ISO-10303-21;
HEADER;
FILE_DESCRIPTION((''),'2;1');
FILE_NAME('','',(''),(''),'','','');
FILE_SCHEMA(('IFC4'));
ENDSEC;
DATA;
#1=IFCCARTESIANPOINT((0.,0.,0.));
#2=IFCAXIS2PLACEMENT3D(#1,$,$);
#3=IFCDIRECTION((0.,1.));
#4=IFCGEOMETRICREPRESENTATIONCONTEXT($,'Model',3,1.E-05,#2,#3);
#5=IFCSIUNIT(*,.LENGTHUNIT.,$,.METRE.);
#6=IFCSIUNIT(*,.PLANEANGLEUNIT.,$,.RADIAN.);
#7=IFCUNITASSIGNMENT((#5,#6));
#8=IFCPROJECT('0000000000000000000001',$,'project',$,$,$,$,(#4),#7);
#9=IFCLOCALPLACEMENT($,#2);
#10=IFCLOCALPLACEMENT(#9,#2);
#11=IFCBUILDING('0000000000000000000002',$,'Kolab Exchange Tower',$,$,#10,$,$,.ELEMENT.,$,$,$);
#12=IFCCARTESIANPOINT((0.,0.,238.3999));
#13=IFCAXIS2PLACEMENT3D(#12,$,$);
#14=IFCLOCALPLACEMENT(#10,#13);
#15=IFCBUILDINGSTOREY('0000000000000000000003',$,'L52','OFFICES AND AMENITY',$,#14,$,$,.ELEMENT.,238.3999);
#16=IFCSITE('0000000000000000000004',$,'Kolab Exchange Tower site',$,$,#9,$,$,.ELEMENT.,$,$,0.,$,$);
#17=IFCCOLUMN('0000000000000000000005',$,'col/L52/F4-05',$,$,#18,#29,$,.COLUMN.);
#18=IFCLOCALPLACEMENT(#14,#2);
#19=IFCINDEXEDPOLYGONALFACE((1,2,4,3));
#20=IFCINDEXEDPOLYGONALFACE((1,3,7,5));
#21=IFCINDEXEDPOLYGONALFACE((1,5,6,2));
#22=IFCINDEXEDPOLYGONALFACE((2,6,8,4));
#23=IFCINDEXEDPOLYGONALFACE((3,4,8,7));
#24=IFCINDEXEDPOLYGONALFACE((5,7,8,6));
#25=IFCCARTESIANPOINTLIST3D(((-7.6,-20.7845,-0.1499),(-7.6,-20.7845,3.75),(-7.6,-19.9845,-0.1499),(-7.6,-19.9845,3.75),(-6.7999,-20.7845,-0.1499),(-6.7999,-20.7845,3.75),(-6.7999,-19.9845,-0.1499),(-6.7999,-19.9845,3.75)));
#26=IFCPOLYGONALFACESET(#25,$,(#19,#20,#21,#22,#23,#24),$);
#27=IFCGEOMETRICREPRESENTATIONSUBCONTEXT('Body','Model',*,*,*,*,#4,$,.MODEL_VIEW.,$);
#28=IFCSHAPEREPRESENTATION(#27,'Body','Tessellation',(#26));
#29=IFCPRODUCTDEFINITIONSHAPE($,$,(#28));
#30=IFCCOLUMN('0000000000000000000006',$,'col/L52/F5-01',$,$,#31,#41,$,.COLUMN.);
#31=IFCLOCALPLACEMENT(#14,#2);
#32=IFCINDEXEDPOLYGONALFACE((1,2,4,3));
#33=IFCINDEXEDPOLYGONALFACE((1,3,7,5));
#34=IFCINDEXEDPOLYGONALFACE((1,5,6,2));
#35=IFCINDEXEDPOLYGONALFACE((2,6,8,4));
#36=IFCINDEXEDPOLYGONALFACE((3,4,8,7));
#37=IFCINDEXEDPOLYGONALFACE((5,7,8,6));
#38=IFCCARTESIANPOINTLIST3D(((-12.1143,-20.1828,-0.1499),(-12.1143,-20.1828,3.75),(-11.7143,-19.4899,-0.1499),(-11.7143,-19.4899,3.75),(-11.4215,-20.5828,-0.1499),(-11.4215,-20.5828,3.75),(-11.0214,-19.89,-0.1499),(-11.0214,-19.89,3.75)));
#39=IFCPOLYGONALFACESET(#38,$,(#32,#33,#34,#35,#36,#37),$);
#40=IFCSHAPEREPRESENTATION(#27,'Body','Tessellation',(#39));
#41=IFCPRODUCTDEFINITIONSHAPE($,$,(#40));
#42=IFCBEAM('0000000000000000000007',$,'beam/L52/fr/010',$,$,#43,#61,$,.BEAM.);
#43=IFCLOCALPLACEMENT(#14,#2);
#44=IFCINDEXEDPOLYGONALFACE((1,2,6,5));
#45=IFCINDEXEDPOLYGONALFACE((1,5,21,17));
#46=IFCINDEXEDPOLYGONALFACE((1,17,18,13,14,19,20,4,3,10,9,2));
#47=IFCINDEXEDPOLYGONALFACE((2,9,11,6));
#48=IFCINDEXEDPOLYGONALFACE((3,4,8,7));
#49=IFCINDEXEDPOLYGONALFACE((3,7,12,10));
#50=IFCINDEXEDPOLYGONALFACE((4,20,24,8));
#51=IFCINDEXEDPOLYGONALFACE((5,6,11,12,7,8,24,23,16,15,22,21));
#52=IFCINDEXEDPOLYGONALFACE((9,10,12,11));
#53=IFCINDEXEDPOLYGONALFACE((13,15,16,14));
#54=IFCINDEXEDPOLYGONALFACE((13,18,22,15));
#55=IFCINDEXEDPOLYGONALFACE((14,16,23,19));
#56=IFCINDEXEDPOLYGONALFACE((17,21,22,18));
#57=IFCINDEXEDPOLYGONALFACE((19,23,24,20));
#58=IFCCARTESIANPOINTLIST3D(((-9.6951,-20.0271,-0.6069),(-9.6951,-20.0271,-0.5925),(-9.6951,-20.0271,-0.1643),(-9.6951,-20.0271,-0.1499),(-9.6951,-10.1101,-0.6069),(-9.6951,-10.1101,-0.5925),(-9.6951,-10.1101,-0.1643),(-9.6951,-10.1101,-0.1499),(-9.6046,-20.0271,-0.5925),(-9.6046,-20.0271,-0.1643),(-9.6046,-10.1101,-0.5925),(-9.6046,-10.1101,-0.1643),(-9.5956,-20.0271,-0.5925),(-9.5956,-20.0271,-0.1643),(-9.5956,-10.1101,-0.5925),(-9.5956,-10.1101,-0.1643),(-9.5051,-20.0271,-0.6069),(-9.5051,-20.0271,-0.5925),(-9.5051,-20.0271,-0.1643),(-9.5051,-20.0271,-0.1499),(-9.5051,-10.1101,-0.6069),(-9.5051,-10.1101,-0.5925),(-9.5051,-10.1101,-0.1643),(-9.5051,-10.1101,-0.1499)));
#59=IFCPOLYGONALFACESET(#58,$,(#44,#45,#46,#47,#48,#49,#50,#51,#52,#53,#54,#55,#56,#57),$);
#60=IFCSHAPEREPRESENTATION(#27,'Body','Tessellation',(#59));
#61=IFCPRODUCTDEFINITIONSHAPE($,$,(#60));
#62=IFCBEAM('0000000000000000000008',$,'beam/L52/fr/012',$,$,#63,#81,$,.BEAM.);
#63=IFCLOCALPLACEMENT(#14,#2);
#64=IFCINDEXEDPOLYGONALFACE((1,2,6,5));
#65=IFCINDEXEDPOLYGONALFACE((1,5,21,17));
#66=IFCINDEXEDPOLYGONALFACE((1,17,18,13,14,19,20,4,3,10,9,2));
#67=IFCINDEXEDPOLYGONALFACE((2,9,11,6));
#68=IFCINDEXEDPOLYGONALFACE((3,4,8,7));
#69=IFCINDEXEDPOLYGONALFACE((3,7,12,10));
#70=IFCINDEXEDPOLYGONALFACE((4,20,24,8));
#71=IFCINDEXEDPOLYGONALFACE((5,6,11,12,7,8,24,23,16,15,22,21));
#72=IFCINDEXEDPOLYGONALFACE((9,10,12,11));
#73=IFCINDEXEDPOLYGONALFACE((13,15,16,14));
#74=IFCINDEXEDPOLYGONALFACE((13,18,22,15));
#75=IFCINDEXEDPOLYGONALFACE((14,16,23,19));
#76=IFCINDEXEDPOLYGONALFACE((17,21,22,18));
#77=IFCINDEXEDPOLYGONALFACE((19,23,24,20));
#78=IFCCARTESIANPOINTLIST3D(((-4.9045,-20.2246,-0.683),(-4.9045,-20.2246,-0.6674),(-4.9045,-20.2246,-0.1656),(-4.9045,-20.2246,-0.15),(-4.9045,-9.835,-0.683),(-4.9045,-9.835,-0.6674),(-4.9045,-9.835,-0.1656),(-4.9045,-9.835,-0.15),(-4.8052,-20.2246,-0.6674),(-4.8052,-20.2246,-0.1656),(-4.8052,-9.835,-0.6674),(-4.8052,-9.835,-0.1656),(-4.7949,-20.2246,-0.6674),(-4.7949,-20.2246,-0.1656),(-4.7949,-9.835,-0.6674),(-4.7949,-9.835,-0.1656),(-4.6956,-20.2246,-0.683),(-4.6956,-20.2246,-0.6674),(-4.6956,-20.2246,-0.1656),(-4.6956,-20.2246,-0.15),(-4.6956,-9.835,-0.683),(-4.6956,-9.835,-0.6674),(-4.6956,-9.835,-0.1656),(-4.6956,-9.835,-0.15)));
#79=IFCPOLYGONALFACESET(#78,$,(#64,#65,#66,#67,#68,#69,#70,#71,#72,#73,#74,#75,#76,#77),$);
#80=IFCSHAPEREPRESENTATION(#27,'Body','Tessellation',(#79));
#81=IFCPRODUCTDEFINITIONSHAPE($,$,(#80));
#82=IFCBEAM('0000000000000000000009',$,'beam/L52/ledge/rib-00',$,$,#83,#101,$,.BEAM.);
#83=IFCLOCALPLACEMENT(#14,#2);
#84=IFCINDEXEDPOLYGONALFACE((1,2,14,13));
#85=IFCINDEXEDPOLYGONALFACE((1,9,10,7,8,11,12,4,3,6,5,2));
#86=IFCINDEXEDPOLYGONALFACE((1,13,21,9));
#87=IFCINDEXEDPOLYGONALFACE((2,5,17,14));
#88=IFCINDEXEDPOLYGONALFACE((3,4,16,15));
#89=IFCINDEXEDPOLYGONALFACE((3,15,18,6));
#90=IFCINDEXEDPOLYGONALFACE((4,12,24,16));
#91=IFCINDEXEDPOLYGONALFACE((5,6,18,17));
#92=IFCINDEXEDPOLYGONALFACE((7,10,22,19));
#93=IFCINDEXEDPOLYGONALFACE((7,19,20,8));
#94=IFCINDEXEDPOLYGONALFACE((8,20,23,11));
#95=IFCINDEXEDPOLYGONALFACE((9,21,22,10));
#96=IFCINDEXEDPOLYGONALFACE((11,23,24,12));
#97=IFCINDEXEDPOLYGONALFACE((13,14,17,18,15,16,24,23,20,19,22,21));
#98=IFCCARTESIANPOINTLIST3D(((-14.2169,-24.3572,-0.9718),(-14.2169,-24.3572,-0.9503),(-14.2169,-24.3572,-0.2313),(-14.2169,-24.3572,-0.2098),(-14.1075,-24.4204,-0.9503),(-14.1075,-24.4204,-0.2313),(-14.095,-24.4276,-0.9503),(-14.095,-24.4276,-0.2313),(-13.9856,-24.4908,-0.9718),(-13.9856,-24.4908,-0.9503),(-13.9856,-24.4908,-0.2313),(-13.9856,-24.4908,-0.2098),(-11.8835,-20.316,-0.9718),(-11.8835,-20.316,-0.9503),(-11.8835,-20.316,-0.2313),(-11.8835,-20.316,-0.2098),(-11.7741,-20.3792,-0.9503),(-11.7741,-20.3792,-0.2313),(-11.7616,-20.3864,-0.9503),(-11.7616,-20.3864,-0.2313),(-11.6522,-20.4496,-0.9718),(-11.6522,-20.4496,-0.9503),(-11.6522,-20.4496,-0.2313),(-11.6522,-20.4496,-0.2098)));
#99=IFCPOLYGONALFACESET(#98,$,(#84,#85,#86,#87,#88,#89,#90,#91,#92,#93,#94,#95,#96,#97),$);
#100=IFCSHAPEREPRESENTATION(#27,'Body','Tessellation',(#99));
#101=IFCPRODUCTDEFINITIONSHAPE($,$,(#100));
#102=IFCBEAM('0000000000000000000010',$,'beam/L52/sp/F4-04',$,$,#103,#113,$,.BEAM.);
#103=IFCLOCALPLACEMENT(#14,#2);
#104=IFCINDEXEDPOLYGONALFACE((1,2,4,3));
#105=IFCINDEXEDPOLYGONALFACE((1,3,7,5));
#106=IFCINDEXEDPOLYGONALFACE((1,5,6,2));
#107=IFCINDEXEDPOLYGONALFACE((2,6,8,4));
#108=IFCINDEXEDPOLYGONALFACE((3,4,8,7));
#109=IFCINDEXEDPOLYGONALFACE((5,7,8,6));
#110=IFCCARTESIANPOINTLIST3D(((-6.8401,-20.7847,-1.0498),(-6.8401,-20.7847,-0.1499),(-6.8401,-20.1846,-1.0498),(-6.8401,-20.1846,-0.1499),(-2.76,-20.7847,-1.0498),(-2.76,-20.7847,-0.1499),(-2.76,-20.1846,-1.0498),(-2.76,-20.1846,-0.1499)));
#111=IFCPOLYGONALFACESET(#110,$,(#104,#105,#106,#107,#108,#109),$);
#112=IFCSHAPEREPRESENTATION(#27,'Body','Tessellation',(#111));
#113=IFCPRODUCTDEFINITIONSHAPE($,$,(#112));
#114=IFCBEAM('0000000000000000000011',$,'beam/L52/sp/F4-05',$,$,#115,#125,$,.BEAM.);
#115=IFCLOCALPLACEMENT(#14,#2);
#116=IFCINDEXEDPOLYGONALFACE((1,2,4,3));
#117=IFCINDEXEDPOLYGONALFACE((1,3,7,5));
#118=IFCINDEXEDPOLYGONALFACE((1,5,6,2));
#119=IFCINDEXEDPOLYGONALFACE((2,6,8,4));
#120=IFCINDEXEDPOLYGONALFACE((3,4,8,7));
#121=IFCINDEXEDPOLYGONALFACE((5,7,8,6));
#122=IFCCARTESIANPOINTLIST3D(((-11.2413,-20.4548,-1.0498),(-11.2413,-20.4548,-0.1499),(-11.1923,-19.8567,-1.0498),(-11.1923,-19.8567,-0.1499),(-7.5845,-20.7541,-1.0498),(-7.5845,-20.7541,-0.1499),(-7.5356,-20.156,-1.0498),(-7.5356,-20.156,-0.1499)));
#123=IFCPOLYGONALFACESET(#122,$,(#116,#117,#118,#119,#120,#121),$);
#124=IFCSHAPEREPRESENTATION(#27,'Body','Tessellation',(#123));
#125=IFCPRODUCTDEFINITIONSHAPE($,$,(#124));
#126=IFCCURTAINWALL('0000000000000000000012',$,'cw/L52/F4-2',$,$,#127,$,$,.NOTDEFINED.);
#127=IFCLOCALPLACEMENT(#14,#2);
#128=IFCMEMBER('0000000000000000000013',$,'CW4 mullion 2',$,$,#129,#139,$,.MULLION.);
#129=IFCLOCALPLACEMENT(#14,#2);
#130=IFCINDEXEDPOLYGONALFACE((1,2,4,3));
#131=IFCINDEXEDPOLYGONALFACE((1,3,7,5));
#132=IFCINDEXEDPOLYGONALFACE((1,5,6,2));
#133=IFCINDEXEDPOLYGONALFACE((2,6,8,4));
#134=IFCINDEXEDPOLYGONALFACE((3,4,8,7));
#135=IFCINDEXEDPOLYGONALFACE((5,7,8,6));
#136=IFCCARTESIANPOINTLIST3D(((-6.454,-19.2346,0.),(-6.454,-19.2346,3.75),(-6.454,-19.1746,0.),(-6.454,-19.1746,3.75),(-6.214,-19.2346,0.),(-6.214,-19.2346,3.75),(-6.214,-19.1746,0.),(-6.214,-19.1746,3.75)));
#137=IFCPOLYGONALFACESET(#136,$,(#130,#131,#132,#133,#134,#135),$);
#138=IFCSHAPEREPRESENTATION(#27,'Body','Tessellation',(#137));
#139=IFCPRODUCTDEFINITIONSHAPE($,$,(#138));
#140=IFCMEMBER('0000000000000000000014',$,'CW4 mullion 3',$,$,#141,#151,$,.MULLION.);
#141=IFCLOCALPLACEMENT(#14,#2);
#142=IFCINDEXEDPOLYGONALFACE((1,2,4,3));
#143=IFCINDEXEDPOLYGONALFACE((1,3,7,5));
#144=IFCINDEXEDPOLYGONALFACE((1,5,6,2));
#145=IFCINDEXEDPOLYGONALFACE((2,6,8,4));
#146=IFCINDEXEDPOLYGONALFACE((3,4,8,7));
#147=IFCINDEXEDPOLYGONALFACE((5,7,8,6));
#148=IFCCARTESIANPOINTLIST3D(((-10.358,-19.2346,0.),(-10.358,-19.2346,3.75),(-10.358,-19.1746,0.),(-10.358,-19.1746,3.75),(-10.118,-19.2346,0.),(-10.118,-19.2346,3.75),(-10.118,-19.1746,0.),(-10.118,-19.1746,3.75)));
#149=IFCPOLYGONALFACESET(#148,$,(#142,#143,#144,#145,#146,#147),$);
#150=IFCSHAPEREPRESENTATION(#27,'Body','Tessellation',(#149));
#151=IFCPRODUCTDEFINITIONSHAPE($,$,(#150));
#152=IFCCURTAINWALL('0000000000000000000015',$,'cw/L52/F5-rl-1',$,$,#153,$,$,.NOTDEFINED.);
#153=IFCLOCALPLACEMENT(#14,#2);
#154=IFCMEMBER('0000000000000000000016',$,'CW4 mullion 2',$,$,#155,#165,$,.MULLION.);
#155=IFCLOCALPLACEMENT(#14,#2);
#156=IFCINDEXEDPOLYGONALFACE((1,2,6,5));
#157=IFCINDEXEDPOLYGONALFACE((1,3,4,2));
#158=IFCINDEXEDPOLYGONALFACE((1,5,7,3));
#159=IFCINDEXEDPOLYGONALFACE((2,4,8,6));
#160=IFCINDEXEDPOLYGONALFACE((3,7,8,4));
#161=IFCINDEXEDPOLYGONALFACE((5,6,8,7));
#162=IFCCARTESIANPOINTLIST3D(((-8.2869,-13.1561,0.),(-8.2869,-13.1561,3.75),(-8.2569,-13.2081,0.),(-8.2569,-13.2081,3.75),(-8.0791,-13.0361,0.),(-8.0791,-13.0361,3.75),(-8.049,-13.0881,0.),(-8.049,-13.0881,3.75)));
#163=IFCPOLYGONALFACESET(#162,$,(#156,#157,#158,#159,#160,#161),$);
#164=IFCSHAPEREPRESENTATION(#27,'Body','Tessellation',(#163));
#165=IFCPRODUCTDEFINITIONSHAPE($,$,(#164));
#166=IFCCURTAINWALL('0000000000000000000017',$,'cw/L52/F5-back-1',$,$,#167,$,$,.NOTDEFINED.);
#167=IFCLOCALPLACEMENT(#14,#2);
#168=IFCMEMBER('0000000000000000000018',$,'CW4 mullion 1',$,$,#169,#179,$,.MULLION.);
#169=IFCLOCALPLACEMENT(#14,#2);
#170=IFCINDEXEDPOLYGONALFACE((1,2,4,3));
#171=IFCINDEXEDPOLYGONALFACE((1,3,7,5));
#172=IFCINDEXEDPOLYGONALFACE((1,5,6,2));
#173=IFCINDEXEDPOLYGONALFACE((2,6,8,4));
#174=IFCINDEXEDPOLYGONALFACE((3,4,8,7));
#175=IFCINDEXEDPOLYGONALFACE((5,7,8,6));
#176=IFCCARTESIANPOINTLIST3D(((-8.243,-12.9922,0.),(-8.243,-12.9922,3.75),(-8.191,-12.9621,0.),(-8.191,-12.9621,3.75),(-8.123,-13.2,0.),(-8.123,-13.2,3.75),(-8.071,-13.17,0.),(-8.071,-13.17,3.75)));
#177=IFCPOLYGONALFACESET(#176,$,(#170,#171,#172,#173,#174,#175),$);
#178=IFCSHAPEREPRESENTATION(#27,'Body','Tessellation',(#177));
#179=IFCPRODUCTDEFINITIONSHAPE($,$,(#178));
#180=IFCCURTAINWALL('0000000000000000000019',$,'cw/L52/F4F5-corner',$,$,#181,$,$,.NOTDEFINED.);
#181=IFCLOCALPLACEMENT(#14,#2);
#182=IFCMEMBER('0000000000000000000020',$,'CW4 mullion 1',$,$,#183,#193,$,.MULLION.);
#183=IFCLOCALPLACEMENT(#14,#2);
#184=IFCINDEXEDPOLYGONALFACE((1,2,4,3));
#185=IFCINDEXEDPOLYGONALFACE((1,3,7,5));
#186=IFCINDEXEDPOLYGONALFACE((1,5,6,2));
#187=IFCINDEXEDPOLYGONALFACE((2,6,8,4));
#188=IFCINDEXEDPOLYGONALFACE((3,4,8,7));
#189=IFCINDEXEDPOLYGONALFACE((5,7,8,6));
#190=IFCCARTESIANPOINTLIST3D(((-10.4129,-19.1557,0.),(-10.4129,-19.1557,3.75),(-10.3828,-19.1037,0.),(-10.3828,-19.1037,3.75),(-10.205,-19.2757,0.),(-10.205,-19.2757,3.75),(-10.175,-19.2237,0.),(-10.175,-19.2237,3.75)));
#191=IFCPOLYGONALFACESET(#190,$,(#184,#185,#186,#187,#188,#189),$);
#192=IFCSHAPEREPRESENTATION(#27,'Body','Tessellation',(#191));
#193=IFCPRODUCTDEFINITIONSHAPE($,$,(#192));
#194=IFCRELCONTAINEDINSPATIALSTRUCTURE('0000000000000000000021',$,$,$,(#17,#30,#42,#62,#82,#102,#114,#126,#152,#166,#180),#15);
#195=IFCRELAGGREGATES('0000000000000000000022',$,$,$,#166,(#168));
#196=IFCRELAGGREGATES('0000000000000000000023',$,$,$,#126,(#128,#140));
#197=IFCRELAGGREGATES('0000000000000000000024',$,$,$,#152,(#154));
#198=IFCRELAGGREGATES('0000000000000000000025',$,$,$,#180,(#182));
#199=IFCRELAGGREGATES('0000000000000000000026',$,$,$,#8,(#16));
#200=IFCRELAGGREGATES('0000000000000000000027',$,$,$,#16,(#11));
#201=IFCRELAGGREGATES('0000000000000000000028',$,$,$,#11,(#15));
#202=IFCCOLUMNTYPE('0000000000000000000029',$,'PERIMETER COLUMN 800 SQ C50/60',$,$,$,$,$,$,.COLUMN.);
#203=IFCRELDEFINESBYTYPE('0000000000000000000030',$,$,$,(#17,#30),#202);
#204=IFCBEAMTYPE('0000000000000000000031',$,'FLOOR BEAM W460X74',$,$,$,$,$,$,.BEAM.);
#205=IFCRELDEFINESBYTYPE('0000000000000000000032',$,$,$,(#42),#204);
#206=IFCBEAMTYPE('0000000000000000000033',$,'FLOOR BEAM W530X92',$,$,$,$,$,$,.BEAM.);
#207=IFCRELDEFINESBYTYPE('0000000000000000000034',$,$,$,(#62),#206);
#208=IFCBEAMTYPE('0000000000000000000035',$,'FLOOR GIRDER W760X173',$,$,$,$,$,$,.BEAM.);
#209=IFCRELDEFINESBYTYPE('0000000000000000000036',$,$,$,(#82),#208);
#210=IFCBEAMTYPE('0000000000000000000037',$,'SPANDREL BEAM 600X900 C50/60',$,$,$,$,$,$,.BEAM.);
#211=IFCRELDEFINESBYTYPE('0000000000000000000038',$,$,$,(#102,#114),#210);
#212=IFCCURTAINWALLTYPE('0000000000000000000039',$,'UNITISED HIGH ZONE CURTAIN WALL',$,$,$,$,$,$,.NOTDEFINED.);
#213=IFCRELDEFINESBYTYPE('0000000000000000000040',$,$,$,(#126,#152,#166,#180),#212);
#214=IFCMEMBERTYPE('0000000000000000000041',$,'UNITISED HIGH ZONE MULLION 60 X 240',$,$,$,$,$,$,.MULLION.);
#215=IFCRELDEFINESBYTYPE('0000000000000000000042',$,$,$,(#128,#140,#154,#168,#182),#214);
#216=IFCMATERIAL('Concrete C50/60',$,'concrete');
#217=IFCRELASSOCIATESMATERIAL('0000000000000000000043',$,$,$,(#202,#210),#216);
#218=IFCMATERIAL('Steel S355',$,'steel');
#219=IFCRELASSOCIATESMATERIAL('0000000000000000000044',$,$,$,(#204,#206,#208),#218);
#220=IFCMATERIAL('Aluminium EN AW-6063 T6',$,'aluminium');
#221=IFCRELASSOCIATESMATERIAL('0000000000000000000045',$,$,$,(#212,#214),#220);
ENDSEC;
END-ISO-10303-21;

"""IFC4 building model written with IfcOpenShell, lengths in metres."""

from ifc_helpers import new_model, si_unit, direction, frame, origin, origin_2d, place, context, subcontext, project, spatial, rectangle, i_section, extrude, material, material_profile, profile_set, type_object, element, aggregate, save


model = new_model("IFC4")

# Units and contexts
model_context = context("Model", 3, precision=1e-05, world=origin(), true_north=direction((0.0, 1.0)))
body_context = subcontext(model_context, "Body", "Model", "MODEL_VIEW")
ifc_project = project(units=[si_unit("LENGTHUNIT", "METRE"), si_unit("PLANEANGLEUNIT", "RADIAN")], contexts=[model_context])

# Site, building, storey
site_placement = place(None, origin())
site = spatial("IfcSite", under=ifc_project, at=site_placement, Name="Kolab Exchange Tower site", CompositionType="ELEMENT", RefElevation=0.0)
building_placement = place(site_placement, origin())
building = spatial("IfcBuilding", under=site, at=building_placement, Name="Kolab Exchange Tower", CompositionType="ELEMENT")
storey_placement = place(building_placement, frame((0.0, 0.0, 238.3999)))
storey = spatial("IfcBuildingStorey", under=building, at=storey_placement, Name="L52", Description="OFFICES AND AMENITY", CompositionType="ELEMENT", Elevation=238.3999)

# Columns
ifc_material_1 = material(Name="Concrete C50/60", Category="concrete")
ifc_material_profile_1 = material_profile(ifc_material_1, rectangle(XDim=0.8, YDim=0.8, at=origin_2d()), Name="RC800")
ifc_profile_set_1 = profile_set([ifc_material_profile_1], Name="Concrete C50/60")
column_type = type_object("IfcColumnType", Name="PERIMETER COLUMN 800 SQ C50/60", PredefinedType="COLUMN", material=ifc_profile_set_1)
for number, where, z_axis, x_axis, name in (
    (1, (-7.2, -20.3845, -0.1499), (0.0, 0.0, 1.0), (1.0, 0.0, 0.0), "col/L52/F4-05"),
    (2, (-11.5679, -20.0364, -0.1499), (0.0, 0.0, 1.0), (0.5, 0.866025, 0.0), "col/L52/F5-01"),
):
    element("IfcColumn", number, at=place(storey_placement, frame(where, z_axis=z_axis, x_axis=x_axis)), inside=storey, type_object=column_type, Name=name, PredefinedType="COLUMN", context=body_context, shape_type="SweptSolid", body=[
        extrude(rectangle(XDim=0.8, YDim=0.8, at=origin_2d()), origin(), (0.0, 0.0, 1.0), 3.8999),
    ])

# Beams
ifc_material_2 = material(Name="Steel S355", Category="steel")
ifc_material_profile_2 = material_profile(ifc_material_2, i_section(OverallWidth=0.1899, OverallDepth=0.457, WebThickness=0.009, FlangeThickness=0.0144, at=origin_2d()), Name="W460X74")
ifc_profile_set_2 = profile_set([ifc_material_profile_2], Name="Steel S355")
beam_type_1 = type_object("IfcBeamType", Name="FLOOR BEAM W460X74", PredefinedType="BEAM", material=ifc_profile_set_2)
beam_1_placement = place(storey_placement, frame((-9.6001, -20.0271, -0.3784), z_axis=(0.0, 1.0, 0.0), x_axis=(-1.0, 0.0, 0.0)))
element("IfcBeam", 3, at=beam_1_placement, inside=storey, type_object=beam_type_1, Name="beam/L52/fr/010", PredefinedType="BEAM", context=body_context, shape_type="SweptSolid", body=[
    extrude(i_section(OverallWidth=0.1899, OverallDepth=0.457, WebThickness=0.009, FlangeThickness=0.0144, at=origin_2d()), origin(), (0.0, 0.0, 1.0), 9.917),
])
ifc_material_profile_3 = material_profile(ifc_material_2, i_section(OverallWidth=0.209, OverallDepth=0.533, WebThickness=0.0103, FlangeThickness=0.0156, at=origin_2d()), Name="W530X92")
ifc_profile_set_3 = profile_set([ifc_material_profile_3], Name="Steel S355")
beam_type_2 = type_object("IfcBeamType", Name="FLOOR BEAM W530X92", PredefinedType="BEAM", material=ifc_profile_set_3)
beam_2_placement = place(storey_placement, frame((-4.8, -20.2246, -0.4165), z_axis=(0.0, 1.0, 0.0), x_axis=(-1.0, 0.0, 0.0)))
element("IfcBeam", 4, at=beam_2_placement, inside=storey, type_object=beam_type_2, Name="beam/L52/fr/012", PredefinedType="BEAM", context=body_context, shape_type="SweptSolid", body=[
    extrude(i_section(OverallWidth=0.209, OverallDepth=0.533, WebThickness=0.0103, FlangeThickness=0.0156, at=origin_2d()), origin(), (0.0, 0.0, 1.0), 10.3896),
])
ifc_material_profile_4 = material_profile(ifc_material_2, i_section(OverallWidth=0.2671, OverallDepth=0.762, WebThickness=0.0144, FlangeThickness=0.0215, at=origin_2d()), Name="W760X173")
ifc_profile_set_4 = profile_set([ifc_material_profile_4], Name="Steel S355")
beam_type_3 = type_object("IfcBeamType", Name="FLOOR GIRDER W760X173", PredefinedType="BEAM", material=ifc_profile_set_4)
beam_3_placement = place(storey_placement, frame((-11.7678, -20.3828, -0.5908), z_axis=(-0.500044, -0.866, 0.0), x_axis=(0.866, -0.500044, 0.0)))
element("IfcBeam", 5, at=beam_3_placement, inside=storey, type_object=beam_type_3, Name="beam/L52/ledge/rib-00", PredefinedType="BEAM", context=body_context, shape_type="SweptSolid", body=[
    extrude(i_section(OverallWidth=0.2671, OverallDepth=0.762, WebThickness=0.0144, FlangeThickness=0.0215, at=origin_2d()), origin(), (0.0, 0.0, 1.0), 4.6665),
])
ifc_material_profile_5 = material_profile(ifc_material_1, rectangle(XDim=0.6001, YDim=0.8999, at=origin_2d()), Name="RC600X900")
ifc_profile_set_5 = profile_set([ifc_material_profile_5], Name="Concrete C50/60")
beam_type_4 = type_object("IfcBeamType", Name="SPANDREL BEAM 600X900 C50/60", PredefinedType="BEAM", material=ifc_profile_set_5)
beam_4_placement = place(storey_placement, frame((-2.76, -20.4846, -0.5999), z_axis=(-1.0, 0.0, 0.0), x_axis=(0.0, -1.0, 0.0)))
element("IfcBeam", 6, at=beam_4_placement, inside=storey, type_object=beam_type_4, Name="beam/L52/sp/F4-04", PredefinedType="BEAM", context=body_context, shape_type="SweptSolid", body=[
    extrude(rectangle(XDim=0.6001, YDim=0.8999, at=origin_2d()), origin(), (0.0, 0.0, 1.0), 4.0801),
])
beam_5_placement = place(storey_placement, frame((-7.5601, -20.4551, -0.5999), z_axis=(-0.996667, 0.081581, 0.0), x_axis=(-0.081581, -0.996667, 0.0)))
element("IfcBeam", 7, at=beam_5_placement, inside=storey, type_object=beam_type_4, Name="beam/L52/sp/F4-05", PredefinedType="BEAM", context=body_context, shape_type="SweptSolid", body=[
    extrude(rectangle(XDim=0.6001, YDim=0.8999, at=origin_2d()), origin(), (0.0, 0.0, 1.0), 3.6689),
])

# Curtain wall, members
ifc_material_3 = material(Name="Aluminium EN AW-6063 T6", Category="aluminium")
curtain_wall_type = type_object("IfcCurtainWallType", Name="UNITISED HIGH ZONE CURTAIN WALL", PredefinedType="NOTDEFINED", material=ifc_material_3)
curtain_wall_1_placement = place(storey_placement, origin())
curtain_wall_1 = element("IfcCurtainWall", 8, at=curtain_wall_1_placement, inside=storey, type_object=curtain_wall_type, Name="cw/L52/F4-2", PredefinedType="NOTDEFINED")
ifc_material_profile_6 = material_profile(ifc_material_3, rectangle(XDim=0.0601, YDim=0.24, at=origin_2d()), Name="RECT 60X240")
ifc_profile_set_6 = profile_set([ifc_material_profile_6], Name="Aluminium EN AW-6063 T6")
member_type_1 = type_object("IfcMemberType", Name="UNITISED HIGH ZONE MULLION 60 X 240", PredefinedType="MULLION", material=ifc_profile_set_6)
member_1_placement = place(storey_placement, frame((-6.334, -19.2046, 0.0), z_axis=(0.0, 0.0, 1.0), x_axis=(0.0, -1.0, 0.0)))
member_1 = element("IfcMember", 9, at=member_1_placement, type_object=member_type_1, Name="CW4 mullion 2", PredefinedType="MULLION", context=body_context, shape_type="SweptSolid", body=[
    extrude(rectangle(XDim=0.0601, YDim=0.24, at=origin_2d()), origin(), (0.0, 0.0, 1.0), 3.75),
])
member_2_placement = place(storey_placement, frame((-10.238, -19.2046, 0.0), z_axis=(0.0, 0.0, 1.0), x_axis=(0.0, -1.0, 0.0)))
member_2 = element("IfcMember", 10, at=member_2_placement, type_object=member_type_1, Name="CW4 mullion 3", PredefinedType="MULLION", context=body_context, shape_type="SweptSolid", body=[
    extrude(rectangle(XDim=0.0601, YDim=0.24, at=origin_2d()), origin(), (0.0, 0.0, 1.0), 3.75),
])

# Curtain walls, members
curtain_wall_2_placement = place(storey_placement, origin())
curtain_wall_2 = element("IfcCurtainWall", 11, at=curtain_wall_2_placement, inside=storey, type_object=curtain_wall_type, Name="cw/L52/F5-rl-1", PredefinedType="NOTDEFINED")
member_3_placement = place(storey_placement, frame((-8.168, -13.1221, 0.0), z_axis=(0.0, 0.0, 1.0), x_axis=(-0.5, 0.866025, 0.0)))
member_3 = element("IfcMember", 12, at=member_3_placement, type_object=member_type_1, Name="CW4 mullion 2", PredefinedType="MULLION", context=body_context, shape_type="SweptSolid", body=[
    extrude(rectangle(XDim=0.0601, YDim=0.24, at=origin_2d()), origin(), (0.0, 0.0, 1.0), 3.75),
])
curtain_wall_3_placement = place(storey_placement, origin())
curtain_wall_3 = element("IfcCurtainWall", 13, at=curtain_wall_3_placement, inside=storey, type_object=curtain_wall_type, Name="cw/L52/F5-back-1", PredefinedType="NOTDEFINED")
member_4_placement = place(storey_placement, frame((-8.157, -13.0811, 0.0), z_axis=(0.0, 0.0, 1.0), x_axis=(-0.866025, -0.5, 0.0)))
member_4 = element("IfcMember", 14, at=member_4_placement, type_object=member_type_1, Name="CW4 mullion 1", PredefinedType="MULLION", context=body_context, shape_type="SweptSolid", body=[
    extrude(rectangle(XDim=0.0601, YDim=0.24, at=origin_2d()), origin(), (0.0, 0.0, 1.0), 3.75),
])

# Curtain wall, member
curtain_wall_4_placement = place(storey_placement, origin())
curtain_wall_4 = element("IfcCurtainWall", 15, at=curtain_wall_4_placement, inside=storey, type_object=curtain_wall_type, Name="cw/L52/F4F5-corner", PredefinedType="NOTDEFINED")
member_5_placement = place(storey_placement, frame((-10.2939, -19.1897, 0.0), z_axis=(0.0, 0.0, 1.0), x_axis=(-0.5, -0.866025, 0.0)))
member_5 = element("IfcMember", 16, at=member_5_placement, type_object=member_type_1, Name="CW4 mullion 1", PredefinedType="MULLION", context=body_context, shape_type="SweptSolid", body=[
    extrude(rectangle(XDim=0.0601, YDim=0.24, at=origin_2d()), origin(), (0.0, 0.0, 1.0), 3.75),
])

aggregate(curtain_wall_3, [member_4])

aggregate(curtain_wall_1, [member_1, member_2])
aggregate(curtain_wall_2, [member_3])
aggregate(curtain_wall_4, [member_5])

save(model, "model.ifc")
